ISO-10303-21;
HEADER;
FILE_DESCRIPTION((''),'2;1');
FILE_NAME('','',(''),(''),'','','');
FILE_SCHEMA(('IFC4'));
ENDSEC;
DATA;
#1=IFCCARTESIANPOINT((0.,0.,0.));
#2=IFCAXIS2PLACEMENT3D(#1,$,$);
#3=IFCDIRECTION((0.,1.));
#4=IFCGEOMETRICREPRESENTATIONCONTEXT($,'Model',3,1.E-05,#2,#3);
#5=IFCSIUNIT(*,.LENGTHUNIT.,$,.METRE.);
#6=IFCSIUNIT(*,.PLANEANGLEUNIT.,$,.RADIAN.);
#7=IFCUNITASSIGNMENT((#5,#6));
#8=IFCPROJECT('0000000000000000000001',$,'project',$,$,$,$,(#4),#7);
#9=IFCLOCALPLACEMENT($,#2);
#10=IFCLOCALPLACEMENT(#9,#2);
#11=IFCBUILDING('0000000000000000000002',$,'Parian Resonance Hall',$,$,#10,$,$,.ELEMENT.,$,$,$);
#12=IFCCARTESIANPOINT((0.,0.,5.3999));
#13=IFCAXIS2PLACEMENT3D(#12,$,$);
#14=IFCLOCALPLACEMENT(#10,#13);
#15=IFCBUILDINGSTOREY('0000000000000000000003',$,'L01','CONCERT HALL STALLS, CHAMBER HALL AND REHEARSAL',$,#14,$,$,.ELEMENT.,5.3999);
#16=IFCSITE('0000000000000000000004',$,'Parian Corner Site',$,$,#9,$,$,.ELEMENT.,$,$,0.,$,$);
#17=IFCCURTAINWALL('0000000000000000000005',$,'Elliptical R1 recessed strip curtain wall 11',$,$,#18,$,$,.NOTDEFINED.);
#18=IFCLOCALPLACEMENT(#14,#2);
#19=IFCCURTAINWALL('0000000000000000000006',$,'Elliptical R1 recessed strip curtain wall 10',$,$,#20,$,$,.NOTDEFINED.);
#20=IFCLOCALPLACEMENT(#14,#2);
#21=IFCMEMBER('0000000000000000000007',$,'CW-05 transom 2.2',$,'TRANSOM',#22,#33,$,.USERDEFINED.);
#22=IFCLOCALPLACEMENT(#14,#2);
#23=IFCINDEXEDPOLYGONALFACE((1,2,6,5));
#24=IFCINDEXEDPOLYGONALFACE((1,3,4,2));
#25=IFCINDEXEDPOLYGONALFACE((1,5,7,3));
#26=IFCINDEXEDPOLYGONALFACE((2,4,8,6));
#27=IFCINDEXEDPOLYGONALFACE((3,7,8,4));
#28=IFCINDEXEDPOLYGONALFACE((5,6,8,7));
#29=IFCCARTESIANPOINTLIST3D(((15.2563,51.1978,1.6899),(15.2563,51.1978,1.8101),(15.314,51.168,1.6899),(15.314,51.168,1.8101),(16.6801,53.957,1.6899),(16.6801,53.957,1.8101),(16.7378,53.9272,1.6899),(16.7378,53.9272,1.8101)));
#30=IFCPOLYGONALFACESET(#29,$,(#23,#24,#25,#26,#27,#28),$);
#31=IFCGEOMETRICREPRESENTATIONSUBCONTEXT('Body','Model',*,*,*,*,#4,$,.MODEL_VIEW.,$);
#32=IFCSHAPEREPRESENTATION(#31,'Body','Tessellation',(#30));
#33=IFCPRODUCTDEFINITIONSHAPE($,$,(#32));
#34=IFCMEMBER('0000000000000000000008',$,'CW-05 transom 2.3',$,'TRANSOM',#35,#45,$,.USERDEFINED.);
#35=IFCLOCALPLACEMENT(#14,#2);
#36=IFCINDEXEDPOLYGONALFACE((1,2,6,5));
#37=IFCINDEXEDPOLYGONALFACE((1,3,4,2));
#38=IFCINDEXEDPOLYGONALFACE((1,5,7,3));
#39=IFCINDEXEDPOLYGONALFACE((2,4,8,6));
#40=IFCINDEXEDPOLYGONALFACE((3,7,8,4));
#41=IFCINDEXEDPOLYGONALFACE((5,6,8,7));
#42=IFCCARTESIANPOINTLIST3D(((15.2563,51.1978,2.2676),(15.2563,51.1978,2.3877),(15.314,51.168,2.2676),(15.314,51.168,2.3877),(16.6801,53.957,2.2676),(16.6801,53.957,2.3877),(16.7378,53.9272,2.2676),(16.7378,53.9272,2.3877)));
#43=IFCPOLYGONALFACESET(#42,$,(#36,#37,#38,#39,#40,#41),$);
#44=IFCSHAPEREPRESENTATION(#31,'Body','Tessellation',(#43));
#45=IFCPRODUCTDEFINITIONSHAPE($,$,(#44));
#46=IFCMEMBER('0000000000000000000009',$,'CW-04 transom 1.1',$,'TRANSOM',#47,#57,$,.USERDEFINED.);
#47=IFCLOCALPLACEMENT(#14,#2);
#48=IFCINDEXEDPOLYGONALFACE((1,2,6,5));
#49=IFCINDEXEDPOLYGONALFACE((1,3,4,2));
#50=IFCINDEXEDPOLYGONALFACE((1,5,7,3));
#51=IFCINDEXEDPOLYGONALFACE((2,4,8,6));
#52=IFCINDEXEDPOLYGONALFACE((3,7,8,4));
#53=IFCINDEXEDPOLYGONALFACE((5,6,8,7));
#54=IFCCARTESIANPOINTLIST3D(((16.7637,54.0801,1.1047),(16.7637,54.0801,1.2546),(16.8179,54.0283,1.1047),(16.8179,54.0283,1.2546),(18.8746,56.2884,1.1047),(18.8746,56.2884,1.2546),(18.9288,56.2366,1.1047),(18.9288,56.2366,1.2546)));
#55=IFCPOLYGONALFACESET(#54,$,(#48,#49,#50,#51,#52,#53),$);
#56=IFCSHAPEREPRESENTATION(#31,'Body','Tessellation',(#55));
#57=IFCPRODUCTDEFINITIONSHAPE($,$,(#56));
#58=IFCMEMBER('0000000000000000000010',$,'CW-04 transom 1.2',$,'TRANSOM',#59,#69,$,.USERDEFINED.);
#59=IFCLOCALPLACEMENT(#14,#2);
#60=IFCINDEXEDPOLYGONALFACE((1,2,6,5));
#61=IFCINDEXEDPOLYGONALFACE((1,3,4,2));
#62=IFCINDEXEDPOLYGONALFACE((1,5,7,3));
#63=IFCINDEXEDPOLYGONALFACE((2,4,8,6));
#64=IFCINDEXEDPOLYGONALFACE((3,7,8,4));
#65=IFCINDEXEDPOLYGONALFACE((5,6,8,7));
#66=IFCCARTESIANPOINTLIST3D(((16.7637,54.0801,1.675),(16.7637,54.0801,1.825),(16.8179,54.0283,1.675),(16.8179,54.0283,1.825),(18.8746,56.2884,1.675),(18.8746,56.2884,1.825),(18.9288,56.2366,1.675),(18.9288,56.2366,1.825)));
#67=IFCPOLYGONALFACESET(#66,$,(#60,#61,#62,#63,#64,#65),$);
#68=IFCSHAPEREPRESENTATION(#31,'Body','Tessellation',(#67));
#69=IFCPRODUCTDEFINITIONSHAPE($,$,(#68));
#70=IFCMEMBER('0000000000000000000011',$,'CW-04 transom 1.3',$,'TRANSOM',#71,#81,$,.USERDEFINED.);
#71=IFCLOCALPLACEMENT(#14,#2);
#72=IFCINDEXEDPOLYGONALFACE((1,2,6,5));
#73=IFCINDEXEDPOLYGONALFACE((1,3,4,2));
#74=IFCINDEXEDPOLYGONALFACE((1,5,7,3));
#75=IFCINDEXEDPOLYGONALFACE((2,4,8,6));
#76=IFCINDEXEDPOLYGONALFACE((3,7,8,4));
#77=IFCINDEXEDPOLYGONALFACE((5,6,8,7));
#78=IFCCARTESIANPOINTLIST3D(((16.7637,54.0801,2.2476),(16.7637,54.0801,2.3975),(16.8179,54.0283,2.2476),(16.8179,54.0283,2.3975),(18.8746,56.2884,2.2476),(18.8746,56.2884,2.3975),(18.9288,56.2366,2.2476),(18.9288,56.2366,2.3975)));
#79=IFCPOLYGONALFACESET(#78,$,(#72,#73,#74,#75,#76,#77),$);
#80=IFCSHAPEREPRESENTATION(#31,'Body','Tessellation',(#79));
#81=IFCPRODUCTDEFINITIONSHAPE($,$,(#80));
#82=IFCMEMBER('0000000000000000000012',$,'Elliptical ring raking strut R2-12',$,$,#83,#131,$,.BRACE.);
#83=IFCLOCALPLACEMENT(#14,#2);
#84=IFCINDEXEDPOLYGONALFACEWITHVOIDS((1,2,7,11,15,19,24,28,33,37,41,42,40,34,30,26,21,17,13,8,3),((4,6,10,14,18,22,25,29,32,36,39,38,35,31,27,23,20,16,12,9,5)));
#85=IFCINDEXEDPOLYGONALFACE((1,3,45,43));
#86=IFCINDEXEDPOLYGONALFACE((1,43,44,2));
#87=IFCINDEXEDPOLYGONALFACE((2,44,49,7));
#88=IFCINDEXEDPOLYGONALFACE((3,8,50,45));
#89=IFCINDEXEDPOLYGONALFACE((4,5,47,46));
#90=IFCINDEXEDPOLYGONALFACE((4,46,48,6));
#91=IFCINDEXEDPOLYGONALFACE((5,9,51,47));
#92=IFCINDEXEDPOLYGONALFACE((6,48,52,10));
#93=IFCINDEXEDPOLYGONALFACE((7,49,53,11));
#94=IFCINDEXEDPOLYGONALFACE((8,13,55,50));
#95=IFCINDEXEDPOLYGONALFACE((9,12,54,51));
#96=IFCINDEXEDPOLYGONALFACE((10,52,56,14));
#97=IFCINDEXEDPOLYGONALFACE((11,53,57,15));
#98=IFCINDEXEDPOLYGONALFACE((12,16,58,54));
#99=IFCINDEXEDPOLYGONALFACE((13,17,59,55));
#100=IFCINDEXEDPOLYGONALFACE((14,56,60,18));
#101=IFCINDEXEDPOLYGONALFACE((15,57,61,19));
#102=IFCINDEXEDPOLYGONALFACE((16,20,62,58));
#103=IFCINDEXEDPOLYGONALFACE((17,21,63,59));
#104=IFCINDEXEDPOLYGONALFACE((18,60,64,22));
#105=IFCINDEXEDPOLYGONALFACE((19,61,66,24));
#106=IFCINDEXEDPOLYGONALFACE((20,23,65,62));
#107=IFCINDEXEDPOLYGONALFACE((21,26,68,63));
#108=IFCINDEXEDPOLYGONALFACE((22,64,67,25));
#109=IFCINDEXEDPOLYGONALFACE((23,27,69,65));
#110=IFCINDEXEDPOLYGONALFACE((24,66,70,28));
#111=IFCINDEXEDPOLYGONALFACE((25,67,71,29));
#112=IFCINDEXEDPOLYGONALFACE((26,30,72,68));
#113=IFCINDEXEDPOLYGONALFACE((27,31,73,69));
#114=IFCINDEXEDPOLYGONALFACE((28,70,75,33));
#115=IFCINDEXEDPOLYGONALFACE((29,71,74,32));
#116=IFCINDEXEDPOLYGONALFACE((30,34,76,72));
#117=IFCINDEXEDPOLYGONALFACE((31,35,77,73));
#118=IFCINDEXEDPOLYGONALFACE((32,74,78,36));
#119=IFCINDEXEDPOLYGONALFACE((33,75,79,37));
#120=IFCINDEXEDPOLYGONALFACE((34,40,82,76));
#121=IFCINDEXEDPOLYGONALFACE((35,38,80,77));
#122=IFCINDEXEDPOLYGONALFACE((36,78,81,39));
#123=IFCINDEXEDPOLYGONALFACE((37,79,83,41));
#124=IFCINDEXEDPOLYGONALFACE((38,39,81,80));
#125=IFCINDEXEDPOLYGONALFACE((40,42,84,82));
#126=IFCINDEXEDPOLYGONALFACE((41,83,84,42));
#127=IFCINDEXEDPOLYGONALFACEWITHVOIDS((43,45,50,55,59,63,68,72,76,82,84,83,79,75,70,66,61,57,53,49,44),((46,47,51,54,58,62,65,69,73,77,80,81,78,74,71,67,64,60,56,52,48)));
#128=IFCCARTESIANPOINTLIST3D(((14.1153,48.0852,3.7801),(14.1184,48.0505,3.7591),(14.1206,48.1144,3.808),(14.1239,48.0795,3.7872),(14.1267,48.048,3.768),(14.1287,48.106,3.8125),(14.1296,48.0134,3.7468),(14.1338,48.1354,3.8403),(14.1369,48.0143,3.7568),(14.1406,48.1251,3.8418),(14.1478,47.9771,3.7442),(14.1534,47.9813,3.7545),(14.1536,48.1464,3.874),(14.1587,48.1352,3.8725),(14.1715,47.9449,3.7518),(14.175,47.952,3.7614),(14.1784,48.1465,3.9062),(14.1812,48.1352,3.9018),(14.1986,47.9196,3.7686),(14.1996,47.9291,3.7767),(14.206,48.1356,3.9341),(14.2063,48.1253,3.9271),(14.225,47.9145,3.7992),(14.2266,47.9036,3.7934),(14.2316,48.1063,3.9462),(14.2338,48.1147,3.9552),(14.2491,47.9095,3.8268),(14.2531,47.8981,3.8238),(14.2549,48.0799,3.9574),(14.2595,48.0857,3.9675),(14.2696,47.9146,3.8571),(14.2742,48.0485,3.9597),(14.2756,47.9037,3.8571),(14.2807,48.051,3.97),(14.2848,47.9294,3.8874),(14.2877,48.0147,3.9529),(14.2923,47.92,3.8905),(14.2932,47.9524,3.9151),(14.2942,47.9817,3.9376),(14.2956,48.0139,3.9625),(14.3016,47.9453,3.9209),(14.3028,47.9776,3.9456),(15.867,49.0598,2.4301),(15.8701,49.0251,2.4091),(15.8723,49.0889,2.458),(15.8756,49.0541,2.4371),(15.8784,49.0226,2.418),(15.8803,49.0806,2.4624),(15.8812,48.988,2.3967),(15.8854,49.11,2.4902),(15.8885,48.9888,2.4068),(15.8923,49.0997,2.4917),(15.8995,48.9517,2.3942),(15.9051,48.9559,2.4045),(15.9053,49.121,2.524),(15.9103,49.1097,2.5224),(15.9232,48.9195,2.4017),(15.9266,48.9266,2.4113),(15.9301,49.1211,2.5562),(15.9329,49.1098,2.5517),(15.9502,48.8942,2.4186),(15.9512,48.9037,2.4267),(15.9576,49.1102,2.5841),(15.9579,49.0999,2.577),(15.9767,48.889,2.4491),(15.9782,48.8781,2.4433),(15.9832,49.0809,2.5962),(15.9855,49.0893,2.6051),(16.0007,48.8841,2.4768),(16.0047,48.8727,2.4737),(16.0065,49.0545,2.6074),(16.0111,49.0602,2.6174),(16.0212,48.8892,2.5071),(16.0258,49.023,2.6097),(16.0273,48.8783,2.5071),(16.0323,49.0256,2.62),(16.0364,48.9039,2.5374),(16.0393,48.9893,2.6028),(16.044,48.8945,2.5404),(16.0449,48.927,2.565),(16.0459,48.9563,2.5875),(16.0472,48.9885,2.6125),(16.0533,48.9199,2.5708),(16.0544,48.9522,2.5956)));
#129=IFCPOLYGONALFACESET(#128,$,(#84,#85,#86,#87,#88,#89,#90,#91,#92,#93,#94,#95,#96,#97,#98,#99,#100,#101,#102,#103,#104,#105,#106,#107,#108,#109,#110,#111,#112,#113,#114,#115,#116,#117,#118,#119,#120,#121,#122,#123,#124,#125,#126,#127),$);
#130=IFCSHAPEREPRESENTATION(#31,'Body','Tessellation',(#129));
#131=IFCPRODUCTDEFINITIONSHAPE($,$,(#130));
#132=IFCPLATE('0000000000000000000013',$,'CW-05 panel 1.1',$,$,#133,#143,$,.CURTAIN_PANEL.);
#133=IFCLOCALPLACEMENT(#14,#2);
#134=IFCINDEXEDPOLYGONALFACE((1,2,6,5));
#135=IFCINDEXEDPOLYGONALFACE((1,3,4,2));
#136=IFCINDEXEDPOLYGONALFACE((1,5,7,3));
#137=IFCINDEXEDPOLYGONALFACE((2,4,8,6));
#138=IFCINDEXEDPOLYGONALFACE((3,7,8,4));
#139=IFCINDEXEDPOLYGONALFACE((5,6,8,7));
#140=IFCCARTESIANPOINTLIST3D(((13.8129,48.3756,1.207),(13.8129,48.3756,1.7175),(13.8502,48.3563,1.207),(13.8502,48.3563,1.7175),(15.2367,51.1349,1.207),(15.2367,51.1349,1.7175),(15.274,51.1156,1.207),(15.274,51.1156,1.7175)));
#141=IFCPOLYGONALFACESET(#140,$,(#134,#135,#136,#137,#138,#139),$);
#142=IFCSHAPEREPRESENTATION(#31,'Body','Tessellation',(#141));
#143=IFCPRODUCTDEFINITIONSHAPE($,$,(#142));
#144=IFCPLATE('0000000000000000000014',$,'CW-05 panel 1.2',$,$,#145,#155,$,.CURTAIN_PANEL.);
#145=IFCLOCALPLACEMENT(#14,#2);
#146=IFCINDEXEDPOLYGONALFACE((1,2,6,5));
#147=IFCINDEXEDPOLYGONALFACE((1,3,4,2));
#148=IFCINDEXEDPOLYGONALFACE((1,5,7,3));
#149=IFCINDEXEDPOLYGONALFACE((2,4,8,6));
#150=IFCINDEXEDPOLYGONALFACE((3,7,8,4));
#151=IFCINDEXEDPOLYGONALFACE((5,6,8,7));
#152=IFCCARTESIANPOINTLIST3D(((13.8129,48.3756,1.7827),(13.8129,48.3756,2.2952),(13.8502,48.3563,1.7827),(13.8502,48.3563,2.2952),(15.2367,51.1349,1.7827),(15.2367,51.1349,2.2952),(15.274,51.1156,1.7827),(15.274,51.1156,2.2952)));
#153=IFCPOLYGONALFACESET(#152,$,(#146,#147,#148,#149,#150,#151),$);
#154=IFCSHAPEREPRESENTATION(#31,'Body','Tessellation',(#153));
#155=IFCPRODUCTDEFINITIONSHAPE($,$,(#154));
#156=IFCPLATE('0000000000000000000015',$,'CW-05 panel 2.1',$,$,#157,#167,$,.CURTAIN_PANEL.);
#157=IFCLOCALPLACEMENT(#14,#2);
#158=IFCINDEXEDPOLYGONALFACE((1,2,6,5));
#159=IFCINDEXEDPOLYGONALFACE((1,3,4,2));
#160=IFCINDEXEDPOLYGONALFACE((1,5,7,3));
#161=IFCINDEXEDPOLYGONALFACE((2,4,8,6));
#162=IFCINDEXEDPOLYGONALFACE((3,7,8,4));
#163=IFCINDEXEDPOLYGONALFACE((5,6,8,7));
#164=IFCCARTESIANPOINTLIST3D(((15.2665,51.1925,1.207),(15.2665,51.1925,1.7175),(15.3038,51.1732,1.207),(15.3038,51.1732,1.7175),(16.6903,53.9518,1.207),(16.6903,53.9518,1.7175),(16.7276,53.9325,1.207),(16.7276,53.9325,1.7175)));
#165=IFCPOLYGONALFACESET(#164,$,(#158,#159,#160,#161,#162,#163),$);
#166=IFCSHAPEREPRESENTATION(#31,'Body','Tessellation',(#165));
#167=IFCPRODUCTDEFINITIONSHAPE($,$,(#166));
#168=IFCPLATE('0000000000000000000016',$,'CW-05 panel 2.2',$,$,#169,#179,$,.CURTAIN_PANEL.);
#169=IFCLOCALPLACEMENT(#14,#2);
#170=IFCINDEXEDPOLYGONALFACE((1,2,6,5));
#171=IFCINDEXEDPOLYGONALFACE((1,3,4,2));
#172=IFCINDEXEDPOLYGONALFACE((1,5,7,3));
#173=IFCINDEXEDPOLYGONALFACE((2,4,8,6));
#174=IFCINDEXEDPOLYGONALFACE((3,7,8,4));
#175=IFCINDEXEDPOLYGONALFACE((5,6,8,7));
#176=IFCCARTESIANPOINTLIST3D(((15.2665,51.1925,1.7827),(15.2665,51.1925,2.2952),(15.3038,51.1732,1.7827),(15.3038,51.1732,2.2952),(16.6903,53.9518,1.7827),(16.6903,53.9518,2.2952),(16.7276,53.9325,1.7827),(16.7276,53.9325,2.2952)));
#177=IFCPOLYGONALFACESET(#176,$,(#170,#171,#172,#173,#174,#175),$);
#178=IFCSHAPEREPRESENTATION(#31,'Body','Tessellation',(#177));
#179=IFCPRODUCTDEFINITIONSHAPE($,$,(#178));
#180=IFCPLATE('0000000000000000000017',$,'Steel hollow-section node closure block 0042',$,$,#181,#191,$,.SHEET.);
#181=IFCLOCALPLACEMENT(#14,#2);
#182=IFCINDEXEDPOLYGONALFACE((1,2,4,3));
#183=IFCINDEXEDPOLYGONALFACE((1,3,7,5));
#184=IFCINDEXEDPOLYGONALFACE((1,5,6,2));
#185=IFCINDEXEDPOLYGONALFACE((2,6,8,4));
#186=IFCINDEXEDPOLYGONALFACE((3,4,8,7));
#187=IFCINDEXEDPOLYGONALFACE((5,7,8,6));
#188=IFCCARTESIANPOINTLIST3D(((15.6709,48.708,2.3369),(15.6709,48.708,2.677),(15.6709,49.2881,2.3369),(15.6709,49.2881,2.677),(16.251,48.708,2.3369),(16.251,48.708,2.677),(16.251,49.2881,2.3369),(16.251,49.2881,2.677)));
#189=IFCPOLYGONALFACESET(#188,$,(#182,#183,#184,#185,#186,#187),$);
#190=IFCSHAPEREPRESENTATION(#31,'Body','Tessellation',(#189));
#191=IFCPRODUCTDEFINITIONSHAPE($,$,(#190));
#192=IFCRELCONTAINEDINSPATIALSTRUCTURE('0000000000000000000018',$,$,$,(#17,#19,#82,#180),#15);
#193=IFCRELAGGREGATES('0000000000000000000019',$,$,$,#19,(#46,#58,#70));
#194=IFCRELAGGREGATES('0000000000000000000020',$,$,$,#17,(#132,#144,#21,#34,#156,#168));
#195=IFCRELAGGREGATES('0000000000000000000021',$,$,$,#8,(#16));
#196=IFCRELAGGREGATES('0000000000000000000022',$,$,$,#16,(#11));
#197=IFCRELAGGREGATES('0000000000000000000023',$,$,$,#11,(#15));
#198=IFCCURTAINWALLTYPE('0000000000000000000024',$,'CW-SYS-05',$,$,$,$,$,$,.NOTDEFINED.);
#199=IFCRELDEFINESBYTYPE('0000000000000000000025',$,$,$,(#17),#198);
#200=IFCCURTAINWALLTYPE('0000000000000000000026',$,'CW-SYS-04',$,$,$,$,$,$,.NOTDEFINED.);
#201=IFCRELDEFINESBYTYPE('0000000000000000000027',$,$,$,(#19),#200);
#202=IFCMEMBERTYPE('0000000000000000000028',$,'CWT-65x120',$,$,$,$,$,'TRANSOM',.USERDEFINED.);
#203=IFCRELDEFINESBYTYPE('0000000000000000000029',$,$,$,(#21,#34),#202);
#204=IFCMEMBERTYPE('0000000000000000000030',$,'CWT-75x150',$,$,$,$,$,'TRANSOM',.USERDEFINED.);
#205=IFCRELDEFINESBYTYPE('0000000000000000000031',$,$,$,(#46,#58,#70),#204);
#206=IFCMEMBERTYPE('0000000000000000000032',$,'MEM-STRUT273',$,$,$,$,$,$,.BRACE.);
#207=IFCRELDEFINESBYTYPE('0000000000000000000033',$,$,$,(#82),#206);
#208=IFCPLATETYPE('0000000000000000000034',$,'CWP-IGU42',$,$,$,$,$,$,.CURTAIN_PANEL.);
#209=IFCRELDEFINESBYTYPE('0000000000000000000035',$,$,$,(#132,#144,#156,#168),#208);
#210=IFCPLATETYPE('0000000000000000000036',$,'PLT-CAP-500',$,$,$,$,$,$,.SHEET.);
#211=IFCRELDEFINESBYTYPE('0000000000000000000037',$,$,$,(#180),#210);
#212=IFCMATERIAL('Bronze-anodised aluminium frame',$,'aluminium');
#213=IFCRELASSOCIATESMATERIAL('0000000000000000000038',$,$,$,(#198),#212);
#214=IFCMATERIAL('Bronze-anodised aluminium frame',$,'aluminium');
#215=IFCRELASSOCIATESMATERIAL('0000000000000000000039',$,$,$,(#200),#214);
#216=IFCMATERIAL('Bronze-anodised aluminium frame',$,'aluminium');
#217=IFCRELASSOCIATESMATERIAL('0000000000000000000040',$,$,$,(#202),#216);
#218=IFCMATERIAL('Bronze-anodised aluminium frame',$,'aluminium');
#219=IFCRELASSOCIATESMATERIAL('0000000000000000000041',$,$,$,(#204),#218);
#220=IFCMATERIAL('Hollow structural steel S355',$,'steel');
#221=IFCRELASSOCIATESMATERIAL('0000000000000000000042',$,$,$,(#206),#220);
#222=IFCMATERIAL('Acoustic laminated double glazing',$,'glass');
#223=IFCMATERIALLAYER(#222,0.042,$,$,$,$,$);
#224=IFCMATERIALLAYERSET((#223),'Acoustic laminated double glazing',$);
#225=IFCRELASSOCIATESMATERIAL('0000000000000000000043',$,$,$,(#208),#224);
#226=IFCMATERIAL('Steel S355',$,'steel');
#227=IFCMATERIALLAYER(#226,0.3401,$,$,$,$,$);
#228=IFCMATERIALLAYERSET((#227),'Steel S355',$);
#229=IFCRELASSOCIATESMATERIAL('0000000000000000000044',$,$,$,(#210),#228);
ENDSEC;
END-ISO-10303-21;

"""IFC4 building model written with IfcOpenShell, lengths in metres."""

from ifc_helpers import new_model, si_unit, direction, frame, origin, origin_2d, place, context, subcontext, project, spatial, rectangle, hollow_circle, extrude, material, layer, layer_set, material_profile, profile_set, type_object, element, aggregate, save


model = new_model("IFC4")

# Units and contexts
model_context = context("Model", 3, precision=1e-05, world=origin(), true_north=direction((0.0, 1.0)))
body_context = subcontext(model_context, "Body", "Model", "MODEL_VIEW")
ifc_project = project(units=[si_unit("LENGTHUNIT", "METRE"), si_unit("PLANEANGLEUNIT", "RADIAN")], contexts=[model_context])

# Site, building, storey
site_placement = place(None, origin())
site = spatial("IfcSite", under=ifc_project, at=site_placement, Name="Parian Corner Site", CompositionType="ELEMENT", RefElevation=0.0)
building_placement = place(site_placement, origin())
building = spatial("IfcBuilding", under=site, at=building_placement, Name="Parian Resonance Hall", CompositionType="ELEMENT")
storey_placement = place(building_placement, frame((0.0, 0.0, 5.3999)))
storey = spatial("IfcBuildingStorey", under=building, at=storey_placement, Name="L01", Description="CONCERT HALL STALLS, CHAMBER HALL AND REHEARSAL", CompositionType="ELEMENT", Elevation=5.3999)

# Curtain wall
ifc_material_1 = material(Name="Bronze-anodised aluminium frame", Category="aluminium")
curtain_wall_type_1 = type_object("IfcCurtainWallType", Name="CW-SYS-05", PredefinedType="NOTDEFINED", material=ifc_material_1)
curtain_wall_1_placement = place(storey_placement, origin())
curtain_wall_1 = element("IfcCurtainWall", 1, at=curtain_wall_1_placement, inside=storey, type_object=curtain_wall_type_1, Name="Elliptical R1 recessed strip curtain wall 11", PredefinedType="NOTDEFINED")

# Curtain wall
ifc_material_2 = material(Name="Bronze-anodised aluminium frame", Category="aluminium")
curtain_wall_type_2 = type_object("IfcCurtainWallType", Name="CW-SYS-04", PredefinedType="NOTDEFINED", material=ifc_material_2)
curtain_wall_2_placement = place(storey_placement, origin())
curtain_wall_2 = element("IfcCurtainWall", 2, at=curtain_wall_2_placement, inside=storey, type_object=curtain_wall_type_2, Name="Elliptical R1 recessed strip curtain wall 10", PredefinedType="NOTDEFINED")

# Members
ifc_material_3 = material(Name="Bronze-anodised aluminium frame", Category="aluminium")
ifc_material_profile_1 = material_profile(ifc_material_3, rectangle(XDim=0.0649, YDim=0.1201, at=origin_2d()), Name="CWT-65x120")
ifc_profile_set_1 = profile_set([ifc_material_profile_1], Name="Bronze-anodised aluminium frame")
member_type_1 = type_object("IfcMemberType", Name="CWT-65x120", ElementType="TRANSOM", PredefinedType="USERDEFINED", material=ifc_profile_set_1)
member_1_placement = place(storey_placement, frame((15.2852, 51.1829, 1.75), z_axis=(0.458563, 0.888662, 0.0), x_axis=(-0.888662, 0.458563, 0.0)))
member_1 = element("IfcMember", 3, at=member_1_placement, type_object=member_type_1, Name="CW-05 transom 2.2", ObjectType="TRANSOM", PredefinedType="USERDEFINED", context=body_context, shape_type="SweptSolid", body=[
    extrude(rectangle(XDim=0.0649, YDim=0.1201, at=origin_2d()), origin(), (0.0, 0.0, 1.0), 3.105),
])
member_2_placement = place(storey_placement, frame((15.2852, 51.1829, 2.3276), z_axis=(0.458563, 0.888662, 0.0), x_axis=(-0.888662, 0.458563, 0.0)))
member_2 = element("IfcMember", 4, at=member_2_placement, type_object=member_type_1, Name="CW-05 transom 2.3", ObjectType="TRANSOM", PredefinedType="USERDEFINED", context=body_context, shape_type="SweptSolid", body=[
    extrude(rectangle(XDim=0.0649, YDim=0.1201, at=origin_2d()), origin(), (0.0, 0.0, 1.0), 3.105),
])
ifc_material_4 = material(Name="Bronze-anodised aluminium frame", Category="aluminium")
ifc_material_profile_2 = material_profile(ifc_material_4, rectangle(XDim=0.075, YDim=0.1499, at=origin_2d()), Name="CWT-75x150")
ifc_profile_set_2 = profile_set([ifc_material_profile_2], Name="Bronze-anodised aluminium frame")
member_type_2 = type_object("IfcMemberType", Name="CWT-75x150", ElementType="TRANSOM", PredefinedType="USERDEFINED", material=ifc_profile_set_2)
member_3_placement = place(storey_placement, frame((16.7908, 54.0542, 1.1797), z_axis=(0.690983, 0.722871, 0.0), x_axis=(-0.722871, 0.690983, 0.0)))
member_3 = element("IfcMember", 5, at=member_3_placement, type_object=member_type_2, Name="CW-04 transom 1.1", ObjectType="TRANSOM", PredefinedType="USERDEFINED", context=body_context, shape_type="SweptSolid", body=[
    extrude(rectangle(XDim=0.075, YDim=0.1499, at=origin_2d()), origin(), (0.0, 0.0, 1.0), 3.0549),
])
member_4_placement = place(storey_placement, frame((16.7908, 54.0542, 1.75), z_axis=(0.690983, 0.722871, 0.0), x_axis=(-0.722871, 0.690983, 0.0)))
member_4 = element("IfcMember", 6, at=member_4_placement, type_object=member_type_2, Name="CW-04 transom 1.2", ObjectType="TRANSOM", PredefinedType="USERDEFINED", context=body_context, shape_type="SweptSolid", body=[
    extrude(rectangle(XDim=0.075, YDim=0.1499, at=origin_2d()), origin(), (0.0, 0.0, 1.0), 3.0549),
])
member_5_placement = place(storey_placement, frame((16.7908, 54.0542, 2.3225), z_axis=(0.690983, 0.722871, 0.0), x_axis=(-0.722871, 0.690983, 0.0)))
member_5 = element("IfcMember", 7, at=member_5_placement, type_object=member_type_2, Name="CW-04 transom 1.3", ObjectType="TRANSOM", PredefinedType="USERDEFINED", context=body_context, shape_type="SweptSolid", body=[
    extrude(rectangle(XDim=0.075, YDim=0.1499, at=origin_2d()), origin(), (0.0, 0.0, 1.0), 3.0549),
])
aggregate(curtain_wall_2, [member_3, member_4, member_5])
ifc_material_5 = material(Name="Hollow structural steel S355", Category="steel")
ifc_material_profile_3 = material_profile(ifc_material_5, hollow_circle(Radius=0.1365, WallThickness=0.0125, at=origin_2d()), Name="CHS273x12.5")
ifc_profile_set_3 = profile_set([ifc_material_profile_3], Name="Hollow structural steel S355")
member_type_3 = type_object("IfcMemberType", Name="MEM-STRUT273", PredefinedType="BRACE", material=ifc_profile_set_3)
member_6_placement = place(storey_placement, frame((15.9609, 48.9976, 2.5071), z_axis=(-0.724793, -0.403258, 0.558621), x_axis=(0.486191, -0.873853, 0.0)))
element("IfcMember", 8, at=member_6_placement, inside=storey, type_object=member_type_3, Name="Elliptical ring raking strut R2-12", PredefinedType="BRACE", context=body_context, shape_type="SweptSolid", body=[
    extrude(hollow_circle(Radius=0.1365, WallThickness=0.0125, at=origin_2d()), origin(), (0.0, 0.0, 1.0), 2.4167),
])

# Plates
ifc_material_6 = material(Name="Acoustic laminated double glazing", Category="glass")
ifc_layer_1 = layer(ifc_material_6, 0.042)
ifc_layer_set_1 = layer_set([ifc_layer_1], Name="Acoustic laminated double glazing")
plate_type_1 = type_object("IfcPlateType", Name="CWP-IGU42", PredefinedType="CURTAIN_PANEL", material=ifc_layer_set_1)
plate_1_placement = place(storey_placement, frame((14.5435, 49.7456, 1.207), z_axis=(0.0, 0.0, 1.0), x_axis=(0.458562, 0.888662, 0.0)))
plate_1 = element("IfcPlate", 9, at=plate_1_placement, type_object=plate_type_1, Name="CW-05 panel 1.1", PredefinedType="CURTAIN_PANEL", context=body_context, shape_type="SweptSolid", body=[
    extrude(rectangle(XDim=3.105, YDim=0.042, at=origin_2d()), origin(), (0.0, 0.0, 1.0), 0.5105),
])
plate_2_placement = place(storey_placement, frame((14.5435, 49.7456, 1.7827), z_axis=(0.0, 0.0, 1.0), x_axis=(0.458562, 0.888662, 0.0)))
plate_2 = element("IfcPlate", 10, at=plate_2_placement, type_object=plate_type_1, Name="CW-05 panel 1.2", PredefinedType="CURTAIN_PANEL", context=body_context, shape_type="SweptSolid", body=[
    extrude(rectangle(XDim=3.105, YDim=0.042, at=origin_2d()), origin(), (0.0, 0.0, 1.0), 0.5125),
])
plate_3_placement = place(storey_placement, frame((15.9971, 52.5625, 1.207), z_axis=(0.0, 0.0, 1.0), x_axis=(0.458562, 0.888662, 0.0)))
plate_3 = element("IfcPlate", 11, at=plate_3_placement, type_object=plate_type_1, Name="CW-05 panel 2.1", PredefinedType="CURTAIN_PANEL", context=body_context, shape_type="SweptSolid", body=[
    extrude(rectangle(XDim=3.105, YDim=0.042, at=origin_2d()), origin(), (0.0, 0.0, 1.0), 0.5105),
])
plate_4_placement = place(storey_placement, frame((15.9971, 52.5625, 1.7827), z_axis=(0.0, 0.0, 1.0), x_axis=(0.458562, 0.888662, 0.0)))
plate_4 = element("IfcPlate", 12, at=plate_4_placement, type_object=plate_type_1, Name="CW-05 panel 2.2", PredefinedType="CURTAIN_PANEL", context=body_context, shape_type="SweptSolid", body=[
    extrude(rectangle(XDim=3.105, YDim=0.042, at=origin_2d()), origin(), (0.0, 0.0, 1.0), 0.5125),
])
aggregate(curtain_wall_1, [plate_1, plate_2, member_1, member_2, plate_3, plate_4])

# Plate
ifc_material_7 = material(Name="Steel S355", Category="steel")
ifc_layer_2 = layer(ifc_material_7, 0.3401)
ifc_layer_set_2 = layer_set([ifc_layer_2], Name="Steel S355")
plate_type_2 = type_object("IfcPlateType", Name="PLT-CAP-500", PredefinedType="SHEET", material=ifc_layer_set_2)
for number, where, z_axis, x_axis, name in (
    (13, (15.9609, 48.998, 2.3369), (0.0, 0.0, 1.0), (1.0, 0.0, 0.0), "Steel hollow-section node closure block 0042"),
):
    element("IfcPlate", number, at=place(storey_placement, frame(where, z_axis=z_axis, x_axis=x_axis)), inside=storey, type_object=plate_type_2, Name=name, PredefinedType="SHEET", context=body_context, shape_type="SweptSolid", body=[
        extrude(rectangle(XDim=0.5801, YDim=0.5801, at=origin_2d()), origin(), (0.0, 0.0, 1.0), 0.3401),
    ])

save(model, "model.ifc")
